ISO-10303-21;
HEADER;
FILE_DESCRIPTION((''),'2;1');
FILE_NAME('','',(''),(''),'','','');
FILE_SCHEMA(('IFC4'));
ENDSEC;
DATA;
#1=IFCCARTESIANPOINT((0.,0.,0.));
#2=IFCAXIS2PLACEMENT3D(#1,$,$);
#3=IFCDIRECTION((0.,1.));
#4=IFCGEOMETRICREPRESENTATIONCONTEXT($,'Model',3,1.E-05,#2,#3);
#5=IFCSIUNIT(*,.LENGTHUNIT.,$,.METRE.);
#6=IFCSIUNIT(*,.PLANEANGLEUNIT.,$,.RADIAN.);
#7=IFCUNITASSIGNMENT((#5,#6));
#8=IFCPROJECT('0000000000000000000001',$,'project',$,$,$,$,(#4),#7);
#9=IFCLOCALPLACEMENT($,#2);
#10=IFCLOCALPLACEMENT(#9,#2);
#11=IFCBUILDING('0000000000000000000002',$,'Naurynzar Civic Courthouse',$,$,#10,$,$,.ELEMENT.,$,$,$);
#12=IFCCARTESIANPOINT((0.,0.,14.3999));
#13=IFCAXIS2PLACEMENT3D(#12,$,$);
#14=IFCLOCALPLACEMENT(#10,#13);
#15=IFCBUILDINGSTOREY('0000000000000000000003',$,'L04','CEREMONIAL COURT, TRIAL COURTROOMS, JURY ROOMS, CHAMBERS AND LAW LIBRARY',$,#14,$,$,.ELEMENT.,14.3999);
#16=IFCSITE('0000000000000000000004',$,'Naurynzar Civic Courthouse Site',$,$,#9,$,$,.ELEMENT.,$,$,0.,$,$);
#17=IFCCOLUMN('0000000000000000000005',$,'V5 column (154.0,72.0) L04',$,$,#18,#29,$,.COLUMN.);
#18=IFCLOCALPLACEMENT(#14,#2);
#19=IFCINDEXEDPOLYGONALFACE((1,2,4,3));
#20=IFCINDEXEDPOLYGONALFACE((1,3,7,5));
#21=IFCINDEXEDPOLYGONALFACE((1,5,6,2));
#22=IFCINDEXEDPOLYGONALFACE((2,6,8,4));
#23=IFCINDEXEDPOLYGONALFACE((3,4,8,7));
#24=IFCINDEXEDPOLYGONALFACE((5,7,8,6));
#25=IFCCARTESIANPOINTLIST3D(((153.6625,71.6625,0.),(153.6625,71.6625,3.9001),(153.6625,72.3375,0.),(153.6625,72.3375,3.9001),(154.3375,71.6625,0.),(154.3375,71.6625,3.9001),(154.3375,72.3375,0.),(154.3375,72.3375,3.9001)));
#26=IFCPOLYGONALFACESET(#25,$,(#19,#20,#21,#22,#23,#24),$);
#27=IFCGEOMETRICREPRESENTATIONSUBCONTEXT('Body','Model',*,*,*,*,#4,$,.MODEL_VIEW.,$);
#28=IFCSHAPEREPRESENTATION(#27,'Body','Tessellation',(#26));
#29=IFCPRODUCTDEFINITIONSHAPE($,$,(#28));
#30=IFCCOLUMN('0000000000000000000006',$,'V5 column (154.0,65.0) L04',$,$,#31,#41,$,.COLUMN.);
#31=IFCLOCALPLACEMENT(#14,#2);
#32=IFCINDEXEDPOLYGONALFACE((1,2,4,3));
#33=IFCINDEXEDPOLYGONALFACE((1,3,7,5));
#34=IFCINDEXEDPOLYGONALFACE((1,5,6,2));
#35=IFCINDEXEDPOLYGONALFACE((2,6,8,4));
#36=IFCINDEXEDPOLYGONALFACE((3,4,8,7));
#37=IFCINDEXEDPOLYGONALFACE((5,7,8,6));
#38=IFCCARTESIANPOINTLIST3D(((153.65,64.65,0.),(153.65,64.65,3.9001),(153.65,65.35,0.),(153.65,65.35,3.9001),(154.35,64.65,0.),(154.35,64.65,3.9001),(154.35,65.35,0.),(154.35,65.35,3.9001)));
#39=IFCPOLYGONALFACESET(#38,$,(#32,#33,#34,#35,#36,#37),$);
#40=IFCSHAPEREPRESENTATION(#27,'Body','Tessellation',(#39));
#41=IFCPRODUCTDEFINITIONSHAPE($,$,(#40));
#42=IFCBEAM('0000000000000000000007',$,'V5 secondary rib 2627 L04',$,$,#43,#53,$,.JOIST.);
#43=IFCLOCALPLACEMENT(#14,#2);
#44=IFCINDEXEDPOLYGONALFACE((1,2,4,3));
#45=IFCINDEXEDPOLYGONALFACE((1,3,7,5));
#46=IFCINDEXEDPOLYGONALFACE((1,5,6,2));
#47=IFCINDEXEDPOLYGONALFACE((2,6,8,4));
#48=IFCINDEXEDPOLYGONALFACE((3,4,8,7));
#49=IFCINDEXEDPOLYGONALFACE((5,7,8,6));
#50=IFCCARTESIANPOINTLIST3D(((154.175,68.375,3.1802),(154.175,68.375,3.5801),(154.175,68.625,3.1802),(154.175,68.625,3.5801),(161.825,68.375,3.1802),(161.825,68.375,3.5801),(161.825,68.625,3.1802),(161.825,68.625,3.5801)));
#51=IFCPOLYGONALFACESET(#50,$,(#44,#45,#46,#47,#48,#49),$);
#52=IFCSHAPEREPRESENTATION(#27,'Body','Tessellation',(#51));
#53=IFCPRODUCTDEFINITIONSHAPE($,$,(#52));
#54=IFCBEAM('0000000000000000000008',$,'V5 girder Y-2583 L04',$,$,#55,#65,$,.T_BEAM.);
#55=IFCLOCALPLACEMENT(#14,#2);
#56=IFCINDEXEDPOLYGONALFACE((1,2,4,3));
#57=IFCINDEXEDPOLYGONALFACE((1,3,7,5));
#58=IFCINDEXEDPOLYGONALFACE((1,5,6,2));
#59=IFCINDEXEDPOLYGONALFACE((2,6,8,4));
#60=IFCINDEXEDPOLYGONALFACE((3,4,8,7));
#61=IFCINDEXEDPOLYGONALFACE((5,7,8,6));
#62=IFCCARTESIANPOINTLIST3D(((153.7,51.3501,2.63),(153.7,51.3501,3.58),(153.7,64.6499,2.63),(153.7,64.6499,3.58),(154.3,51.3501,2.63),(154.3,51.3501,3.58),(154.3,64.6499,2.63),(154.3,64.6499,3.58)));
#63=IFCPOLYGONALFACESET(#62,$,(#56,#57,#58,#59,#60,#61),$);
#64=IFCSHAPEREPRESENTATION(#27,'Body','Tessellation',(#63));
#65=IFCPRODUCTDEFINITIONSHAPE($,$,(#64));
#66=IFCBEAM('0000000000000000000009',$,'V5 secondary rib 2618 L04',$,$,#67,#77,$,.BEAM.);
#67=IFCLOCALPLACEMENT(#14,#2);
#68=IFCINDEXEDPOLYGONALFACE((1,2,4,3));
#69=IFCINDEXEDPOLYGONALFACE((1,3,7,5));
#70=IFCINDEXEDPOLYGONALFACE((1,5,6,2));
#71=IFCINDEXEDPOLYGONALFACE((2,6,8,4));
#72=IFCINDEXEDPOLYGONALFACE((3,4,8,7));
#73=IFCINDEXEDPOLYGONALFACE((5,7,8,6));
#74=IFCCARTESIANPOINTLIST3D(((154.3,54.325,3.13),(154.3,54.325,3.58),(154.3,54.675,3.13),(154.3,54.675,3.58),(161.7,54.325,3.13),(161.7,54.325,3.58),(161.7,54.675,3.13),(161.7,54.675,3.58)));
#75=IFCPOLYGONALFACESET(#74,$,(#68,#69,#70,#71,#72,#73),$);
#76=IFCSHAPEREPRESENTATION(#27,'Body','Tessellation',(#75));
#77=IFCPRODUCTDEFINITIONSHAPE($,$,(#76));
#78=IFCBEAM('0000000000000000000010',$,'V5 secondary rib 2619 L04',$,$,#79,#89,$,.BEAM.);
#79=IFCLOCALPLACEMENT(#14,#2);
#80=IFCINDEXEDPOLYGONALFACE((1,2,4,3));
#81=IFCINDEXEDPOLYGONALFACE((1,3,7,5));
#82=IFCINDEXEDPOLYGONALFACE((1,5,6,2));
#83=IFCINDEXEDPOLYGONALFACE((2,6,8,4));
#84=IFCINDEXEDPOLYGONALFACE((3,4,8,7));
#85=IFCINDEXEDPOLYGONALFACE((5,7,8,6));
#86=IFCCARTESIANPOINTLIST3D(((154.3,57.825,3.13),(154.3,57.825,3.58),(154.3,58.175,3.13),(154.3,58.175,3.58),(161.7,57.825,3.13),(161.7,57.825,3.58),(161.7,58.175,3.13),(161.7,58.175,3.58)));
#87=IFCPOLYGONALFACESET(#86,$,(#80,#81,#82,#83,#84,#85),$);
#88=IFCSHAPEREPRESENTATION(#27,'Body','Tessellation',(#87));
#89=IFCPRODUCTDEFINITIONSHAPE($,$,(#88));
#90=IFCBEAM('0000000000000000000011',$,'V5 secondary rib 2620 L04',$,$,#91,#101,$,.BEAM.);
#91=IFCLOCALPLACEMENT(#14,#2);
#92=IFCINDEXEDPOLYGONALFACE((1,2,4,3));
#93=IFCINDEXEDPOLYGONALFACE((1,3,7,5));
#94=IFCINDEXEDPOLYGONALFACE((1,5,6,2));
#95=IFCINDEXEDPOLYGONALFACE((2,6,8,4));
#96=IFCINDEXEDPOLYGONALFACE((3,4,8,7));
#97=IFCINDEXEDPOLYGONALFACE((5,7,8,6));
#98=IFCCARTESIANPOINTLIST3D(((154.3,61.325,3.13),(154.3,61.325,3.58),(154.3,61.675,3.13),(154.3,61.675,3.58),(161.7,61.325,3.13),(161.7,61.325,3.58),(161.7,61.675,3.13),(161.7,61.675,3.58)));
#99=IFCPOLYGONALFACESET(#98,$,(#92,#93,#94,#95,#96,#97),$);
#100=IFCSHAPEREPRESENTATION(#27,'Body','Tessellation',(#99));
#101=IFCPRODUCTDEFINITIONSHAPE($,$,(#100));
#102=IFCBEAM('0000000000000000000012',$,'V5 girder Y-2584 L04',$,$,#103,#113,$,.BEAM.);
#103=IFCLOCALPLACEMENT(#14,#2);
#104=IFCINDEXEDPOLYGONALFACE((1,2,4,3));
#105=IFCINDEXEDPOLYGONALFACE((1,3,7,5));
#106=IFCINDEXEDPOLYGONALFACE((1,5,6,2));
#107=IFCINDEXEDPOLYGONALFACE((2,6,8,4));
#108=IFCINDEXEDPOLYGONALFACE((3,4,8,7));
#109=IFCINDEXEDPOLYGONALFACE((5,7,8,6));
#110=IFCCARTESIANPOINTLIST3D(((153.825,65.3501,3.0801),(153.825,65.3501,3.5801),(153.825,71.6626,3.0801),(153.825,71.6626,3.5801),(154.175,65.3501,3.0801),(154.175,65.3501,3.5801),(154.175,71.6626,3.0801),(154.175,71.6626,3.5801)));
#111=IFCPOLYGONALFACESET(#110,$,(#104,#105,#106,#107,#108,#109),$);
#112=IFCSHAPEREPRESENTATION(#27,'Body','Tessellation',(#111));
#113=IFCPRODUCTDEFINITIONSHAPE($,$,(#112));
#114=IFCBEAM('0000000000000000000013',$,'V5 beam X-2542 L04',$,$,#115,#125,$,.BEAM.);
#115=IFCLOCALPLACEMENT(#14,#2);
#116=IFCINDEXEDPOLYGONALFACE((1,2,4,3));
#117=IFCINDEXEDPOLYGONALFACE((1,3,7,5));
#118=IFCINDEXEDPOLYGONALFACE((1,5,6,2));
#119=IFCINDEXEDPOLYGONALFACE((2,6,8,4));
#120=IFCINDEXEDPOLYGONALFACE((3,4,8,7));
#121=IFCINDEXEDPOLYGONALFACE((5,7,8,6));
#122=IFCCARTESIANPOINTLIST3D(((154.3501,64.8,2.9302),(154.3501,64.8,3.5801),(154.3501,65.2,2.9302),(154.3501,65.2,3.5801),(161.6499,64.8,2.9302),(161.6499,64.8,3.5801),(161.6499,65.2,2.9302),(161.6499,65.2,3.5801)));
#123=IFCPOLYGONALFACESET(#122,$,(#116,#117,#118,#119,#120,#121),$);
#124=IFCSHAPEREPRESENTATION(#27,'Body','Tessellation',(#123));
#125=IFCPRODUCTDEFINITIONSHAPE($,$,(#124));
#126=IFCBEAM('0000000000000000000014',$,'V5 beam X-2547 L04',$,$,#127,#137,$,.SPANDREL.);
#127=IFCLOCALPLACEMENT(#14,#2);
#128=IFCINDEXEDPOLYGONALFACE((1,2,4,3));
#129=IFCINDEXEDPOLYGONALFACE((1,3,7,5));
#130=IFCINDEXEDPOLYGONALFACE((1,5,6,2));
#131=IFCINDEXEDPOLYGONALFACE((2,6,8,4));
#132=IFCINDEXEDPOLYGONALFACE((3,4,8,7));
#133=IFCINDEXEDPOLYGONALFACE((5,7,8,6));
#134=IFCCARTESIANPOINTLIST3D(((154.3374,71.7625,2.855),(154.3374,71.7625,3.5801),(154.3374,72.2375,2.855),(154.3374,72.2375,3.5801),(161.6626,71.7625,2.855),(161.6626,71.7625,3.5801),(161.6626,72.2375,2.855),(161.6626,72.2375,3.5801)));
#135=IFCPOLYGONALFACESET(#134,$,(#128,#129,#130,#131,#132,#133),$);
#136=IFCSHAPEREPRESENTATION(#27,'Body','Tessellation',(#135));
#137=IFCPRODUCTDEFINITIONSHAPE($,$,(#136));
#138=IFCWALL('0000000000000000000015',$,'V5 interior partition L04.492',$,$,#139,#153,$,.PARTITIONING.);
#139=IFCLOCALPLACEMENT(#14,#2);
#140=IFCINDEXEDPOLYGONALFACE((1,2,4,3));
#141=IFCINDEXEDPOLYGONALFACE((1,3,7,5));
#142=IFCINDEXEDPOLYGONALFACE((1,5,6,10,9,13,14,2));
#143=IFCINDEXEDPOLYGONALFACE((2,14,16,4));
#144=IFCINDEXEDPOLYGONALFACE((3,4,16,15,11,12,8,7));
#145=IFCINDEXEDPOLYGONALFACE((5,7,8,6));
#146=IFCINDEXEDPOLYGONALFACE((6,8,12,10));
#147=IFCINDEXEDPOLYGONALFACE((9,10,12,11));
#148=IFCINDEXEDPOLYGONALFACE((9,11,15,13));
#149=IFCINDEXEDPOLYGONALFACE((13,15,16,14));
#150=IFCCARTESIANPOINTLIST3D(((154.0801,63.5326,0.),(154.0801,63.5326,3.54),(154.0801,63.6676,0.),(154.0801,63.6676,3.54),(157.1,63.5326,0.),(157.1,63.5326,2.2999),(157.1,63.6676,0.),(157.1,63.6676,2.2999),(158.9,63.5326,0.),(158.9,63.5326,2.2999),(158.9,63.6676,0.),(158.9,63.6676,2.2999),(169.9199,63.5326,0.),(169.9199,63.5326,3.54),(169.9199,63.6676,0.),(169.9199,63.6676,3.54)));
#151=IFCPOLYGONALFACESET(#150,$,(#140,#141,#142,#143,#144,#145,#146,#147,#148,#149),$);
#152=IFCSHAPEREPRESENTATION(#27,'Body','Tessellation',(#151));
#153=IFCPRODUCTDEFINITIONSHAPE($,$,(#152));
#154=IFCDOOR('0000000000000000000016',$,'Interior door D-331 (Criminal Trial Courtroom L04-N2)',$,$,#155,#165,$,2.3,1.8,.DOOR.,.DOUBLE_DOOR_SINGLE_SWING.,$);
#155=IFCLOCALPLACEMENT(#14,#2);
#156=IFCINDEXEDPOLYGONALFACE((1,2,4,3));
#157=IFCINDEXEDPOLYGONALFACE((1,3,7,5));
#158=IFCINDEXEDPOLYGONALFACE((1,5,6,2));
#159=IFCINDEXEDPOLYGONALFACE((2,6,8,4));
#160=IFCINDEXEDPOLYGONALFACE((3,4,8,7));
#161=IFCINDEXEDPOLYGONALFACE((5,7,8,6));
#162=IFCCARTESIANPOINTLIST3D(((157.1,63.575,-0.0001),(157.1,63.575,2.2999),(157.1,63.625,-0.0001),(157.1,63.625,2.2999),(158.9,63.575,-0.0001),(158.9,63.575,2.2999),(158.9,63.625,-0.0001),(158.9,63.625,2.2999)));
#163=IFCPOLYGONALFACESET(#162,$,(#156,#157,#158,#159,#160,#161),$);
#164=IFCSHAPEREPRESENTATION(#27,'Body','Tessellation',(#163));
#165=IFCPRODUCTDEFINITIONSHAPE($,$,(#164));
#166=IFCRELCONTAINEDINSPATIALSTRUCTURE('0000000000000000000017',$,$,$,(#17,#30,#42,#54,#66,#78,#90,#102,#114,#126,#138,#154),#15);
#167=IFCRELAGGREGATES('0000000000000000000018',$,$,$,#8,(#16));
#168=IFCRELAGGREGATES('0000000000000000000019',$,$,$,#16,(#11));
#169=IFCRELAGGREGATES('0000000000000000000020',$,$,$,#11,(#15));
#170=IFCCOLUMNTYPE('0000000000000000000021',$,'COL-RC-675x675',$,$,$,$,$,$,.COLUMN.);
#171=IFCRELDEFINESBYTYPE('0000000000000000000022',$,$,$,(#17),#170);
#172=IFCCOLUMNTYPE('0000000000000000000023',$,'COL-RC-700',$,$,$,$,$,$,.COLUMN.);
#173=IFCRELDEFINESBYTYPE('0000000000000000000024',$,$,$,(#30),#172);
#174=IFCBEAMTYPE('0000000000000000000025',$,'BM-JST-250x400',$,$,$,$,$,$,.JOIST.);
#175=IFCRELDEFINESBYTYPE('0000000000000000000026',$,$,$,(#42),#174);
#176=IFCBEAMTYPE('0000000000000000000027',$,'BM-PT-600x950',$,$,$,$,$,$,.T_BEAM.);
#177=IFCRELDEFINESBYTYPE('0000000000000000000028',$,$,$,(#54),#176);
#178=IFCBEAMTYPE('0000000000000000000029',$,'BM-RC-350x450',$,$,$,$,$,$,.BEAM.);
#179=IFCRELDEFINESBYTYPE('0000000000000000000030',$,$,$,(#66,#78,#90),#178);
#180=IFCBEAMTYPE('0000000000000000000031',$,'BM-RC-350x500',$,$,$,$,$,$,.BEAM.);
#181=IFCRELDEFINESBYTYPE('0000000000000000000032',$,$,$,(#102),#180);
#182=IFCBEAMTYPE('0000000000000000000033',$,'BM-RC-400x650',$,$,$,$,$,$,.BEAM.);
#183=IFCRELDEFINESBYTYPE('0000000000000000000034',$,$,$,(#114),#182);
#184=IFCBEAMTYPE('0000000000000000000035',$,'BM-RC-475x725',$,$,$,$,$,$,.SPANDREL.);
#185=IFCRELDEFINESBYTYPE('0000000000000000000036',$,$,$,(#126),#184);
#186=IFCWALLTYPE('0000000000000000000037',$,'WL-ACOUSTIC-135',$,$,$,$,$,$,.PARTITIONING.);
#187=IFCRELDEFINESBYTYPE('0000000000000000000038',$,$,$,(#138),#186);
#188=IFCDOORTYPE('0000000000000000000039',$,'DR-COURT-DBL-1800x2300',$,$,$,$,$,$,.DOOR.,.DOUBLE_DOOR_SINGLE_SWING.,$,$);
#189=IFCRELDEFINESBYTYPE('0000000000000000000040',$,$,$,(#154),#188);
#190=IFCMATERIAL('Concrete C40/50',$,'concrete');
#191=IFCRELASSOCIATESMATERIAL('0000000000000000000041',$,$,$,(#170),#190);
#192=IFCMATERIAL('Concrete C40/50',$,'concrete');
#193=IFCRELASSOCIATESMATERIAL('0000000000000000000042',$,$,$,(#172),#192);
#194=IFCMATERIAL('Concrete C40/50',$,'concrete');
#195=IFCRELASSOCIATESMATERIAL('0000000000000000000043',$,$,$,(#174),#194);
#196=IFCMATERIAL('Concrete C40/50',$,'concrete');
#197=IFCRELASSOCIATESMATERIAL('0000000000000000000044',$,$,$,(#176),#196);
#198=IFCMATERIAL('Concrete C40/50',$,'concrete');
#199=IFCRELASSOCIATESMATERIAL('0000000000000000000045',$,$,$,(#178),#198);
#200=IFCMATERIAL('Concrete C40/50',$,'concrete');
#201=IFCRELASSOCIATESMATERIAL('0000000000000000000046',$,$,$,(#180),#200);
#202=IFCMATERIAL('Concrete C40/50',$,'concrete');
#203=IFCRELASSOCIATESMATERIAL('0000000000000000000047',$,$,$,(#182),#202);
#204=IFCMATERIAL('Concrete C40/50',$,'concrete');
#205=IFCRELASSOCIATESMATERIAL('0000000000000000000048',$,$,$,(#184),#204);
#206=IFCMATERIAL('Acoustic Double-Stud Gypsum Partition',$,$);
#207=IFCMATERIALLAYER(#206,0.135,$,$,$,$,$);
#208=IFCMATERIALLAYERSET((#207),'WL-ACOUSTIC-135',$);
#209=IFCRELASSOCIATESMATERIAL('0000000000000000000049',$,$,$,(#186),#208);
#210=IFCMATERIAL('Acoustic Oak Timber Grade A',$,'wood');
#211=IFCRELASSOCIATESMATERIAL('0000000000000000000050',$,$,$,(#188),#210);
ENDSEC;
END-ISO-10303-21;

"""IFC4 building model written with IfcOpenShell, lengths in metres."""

from ifc_helpers import new_model, si_unit, direction, frame, frame_2d, origin, origin_2d, place, context, subcontext, project, spatial, rectangle, extrude, material, layer, layer_set, material_profile, profile_set, type_object, element, fill, save


model = new_model("IFC4")

# Units and contexts
model_context = context("Model", 3, precision=1e-05, world=origin(), true_north=direction((0.0, 1.0)))
body_context = subcontext(model_context, "Body", "Model", "MODEL_VIEW")
ifc_project = project(units=[si_unit("LENGTHUNIT", "METRE"), si_unit("PLANEANGLEUNIT", "RADIAN")], contexts=[model_context])

# Site, building, storey
site_placement = place(None, origin())
site = spatial("IfcSite", under=ifc_project, at=site_placement, Name="Naurynzar Civic Courthouse Site", CompositionType="ELEMENT", RefElevation=0.0)
building_placement = place(site_placement, origin())
building = spatial("IfcBuilding", under=site, at=building_placement, Name="Naurynzar Civic Courthouse", CompositionType="ELEMENT")
storey_placement = place(building_placement, frame((0.0, 0.0, 14.3999)))
storey = spatial("IfcBuildingStorey", under=building, at=storey_placement, Name="L04", Description="CEREMONIAL COURT, TRIAL COURTROOMS, JURY ROOMS, CHAMBERS AND LAW LIBRARY", CompositionType="ELEMENT", Elevation=14.3999)

# Columns
ifc_material_1 = material(Name="Concrete C40/50", Category="concrete")
ifc_material_profile_1 = material_profile(ifc_material_1, rectangle(XDim=0.675, YDim=0.675, at=origin_2d()), Name="RC 675x675")
ifc_profile_set_1 = profile_set([ifc_material_profile_1], Name="Concrete C40/50")
column_type_1 = type_object("IfcColumnType", Name="COL-RC-675x675", PredefinedType="COLUMN", material=ifc_profile_set_1)
column_1_placement = place(storey_placement, frame((154.0, 72.0, 0.0), z_axis=(0.0, 0.0, 1.0), x_axis=(1.0, 0.0, 0.0)))
element("IfcColumn", 1, at=column_1_placement, inside=storey, type_object=column_type_1, Name="V5 column (154.0,72.0) L04", PredefinedType="COLUMN", context=body_context, shape_type="SweptSolid", body=[
    extrude(rectangle(XDim=0.675, YDim=0.675, at=origin_2d()), origin(), (0.0, 0.0, 1.0), 3.9001),
])
ifc_material_2 = material(Name="Concrete C40/50", Category="concrete")
ifc_material_profile_2 = material_profile(ifc_material_2, rectangle(XDim=0.7, YDim=0.7, at=origin_2d()), Name="RC 700x700")
ifc_profile_set_2 = profile_set([ifc_material_profile_2], Name="Concrete C40/50")
column_type_2 = type_object("IfcColumnType", Name="COL-RC-700", PredefinedType="COLUMN", material=ifc_profile_set_2)
column_2_placement = place(storey_placement, frame((154.0, 65.0, 0.0), z_axis=(0.0, 0.0, 1.0), x_axis=(1.0, 0.0, 0.0)))
element("IfcColumn", 2, at=column_2_placement, inside=storey, type_object=column_type_2, Name="V5 column (154.0,65.0) L04", PredefinedType="COLUMN", context=body_context, shape_type="SweptSolid", body=[
    extrude(rectangle(XDim=0.7, YDim=0.7, at=origin_2d()), origin(), (0.0, 0.0, 1.0), 3.9001),
])

# Beams
ifc_material_3 = material(Name="Concrete C40/50", Category="concrete")
ifc_material_profile_3 = material_profile(ifc_material_3, rectangle(XDim=0.25, YDim=0.3999, at=origin_2d()), Name="RCB 250x400")
ifc_profile_set_3 = profile_set([ifc_material_profile_3], Name="Concrete C40/50")
beam_type_1 = type_object("IfcBeamType", Name="BM-JST-250x400", PredefinedType="JOIST", material=ifc_profile_set_3)
beam_1_placement = place(storey_placement, frame((154.175, 68.5, 3.3801), z_axis=(1.0, 0.0, 0.0), x_axis=(0.0, 1.0, 0.0)))
element("IfcBeam", 3, at=beam_1_placement, inside=storey, type_object=beam_type_1, Name="V5 secondary rib 2627 L04", PredefinedType="JOIST", context=body_context, shape_type="SweptSolid", body=[
    extrude(rectangle(XDim=0.25, YDim=0.3999, at=origin_2d()), origin(), (0.0, 0.0, 1.0), 7.6499),
])
ifc_material_4 = material(Name="Concrete C40/50", Category="concrete")
ifc_material_profile_4 = material_profile(ifc_material_4, rectangle(XDim=0.6001, YDim=0.95, at=origin_2d()), Name="PTB 600x950")
ifc_profile_set_4 = profile_set([ifc_material_profile_4], Name="Concrete C40/50")
beam_type_2 = type_object("IfcBeamType", Name="BM-PT-600x950", PredefinedType="T_BEAM", material=ifc_profile_set_4)
beam_2_placement = place(storey_placement, frame((154.0, 51.3501, 3.105), z_axis=(0.0, 1.0, 0.0), x_axis=(-1.0, 0.0, 0.0)))
element("IfcBeam", 4, at=beam_2_placement, inside=storey, type_object=beam_type_2, Name="V5 girder Y-2583 L04", PredefinedType="T_BEAM", context=body_context, shape_type="SweptSolid", body=[
    extrude(rectangle(XDim=0.6001, YDim=0.95, at=origin_2d()), origin(), (0.0, 0.0, 1.0), 13.2998),
])
ifc_material_5 = material(Name="Concrete C40/50", Category="concrete")
ifc_material_profile_5 = material_profile(ifc_material_5, rectangle(XDim=0.3501, YDim=0.45, at=origin_2d()), Name="RCB 350x450")
ifc_profile_set_5 = profile_set([ifc_material_profile_5], Name="Concrete C40/50")
beam_type_3 = type_object("IfcBeamType", Name="BM-RC-350x450", PredefinedType="BEAM", material=ifc_profile_set_5)
for number, where, z_axis, x_axis, name in (
    (5, (154.3, 54.5, 3.355), (1.0, 0.0, 0.0), (0.0, 1.0, 0.0), "V5 secondary rib 2618 L04"),
    (6, (154.3, 58.0, 3.355), (1.0, 0.0, 0.0), (0.0, 1.0, 0.0), "V5 secondary rib 2619 L04"),
    (7, (154.3, 61.5, 3.355), (1.0, 0.0, 0.0), (0.0, 1.0, 0.0), "V5 secondary rib 2620 L04"),
):
    element("IfcBeam", number, at=place(storey_placement, frame(where, z_axis=z_axis, x_axis=x_axis)), inside=storey, type_object=beam_type_3, Name=name, PredefinedType="BEAM", context=body_context, shape_type="SweptSolid", body=[
        extrude(rectangle(XDim=0.3501, YDim=0.45, at=origin_2d()), origin(), (0.0, 0.0, 1.0), 7.3999),
    ])
ifc_material_6 = material(Name="Concrete C40/50", Category="concrete")
ifc_material_profile_6 = material_profile(ifc_material_6, rectangle(XDim=0.3501, YDim=0.5, at=origin_2d()), Name="RCB 350x500")
ifc_profile_set_6 = profile_set([ifc_material_profile_6], Name="Concrete C40/50")
beam_type_4 = type_object("IfcBeamType", Name="BM-RC-350x500", PredefinedType="BEAM", material=ifc_profile_set_6)
beam_3_placement = place(storey_placement, frame((154.0, 65.3501, 3.3301), z_axis=(0.0, 1.0, 0.0), x_axis=(-1.0, 0.0, 0.0)))
element("IfcBeam", 8, at=beam_3_placement, inside=storey, type_object=beam_type_4, Name="V5 girder Y-2584 L04", PredefinedType="BEAM", context=body_context, shape_type="SweptSolid", body=[
    extrude(rectangle(XDim=0.3501, YDim=0.5, at=origin_2d()), origin(), (0.0, 0.0, 1.0), 6.3125),
])
ifc_material_7 = material(Name="Concrete C40/50", Category="concrete")
ifc_material_profile_7 = material_profile(ifc_material_7, rectangle(XDim=0.3999, YDim=0.6499, at=origin_2d()), Name="RCB 400x650")
ifc_profile_set_7 = profile_set([ifc_material_profile_7], Name="Concrete C40/50")
beam_type_5 = type_object("IfcBeamType", Name="BM-RC-400x650", PredefinedType="BEAM", material=ifc_profile_set_7)
beam_4_placement = place(storey_placement, frame((154.3501, 65.0, 3.2551), z_axis=(1.0, 0.0, 0.0), x_axis=(0.0, 1.0, 0.0)))
element("IfcBeam", 9, at=beam_4_placement, inside=storey, type_object=beam_type_5, Name="V5 beam X-2542 L04", PredefinedType="BEAM", context=body_context, shape_type="SweptSolid", body=[
    extrude(rectangle(XDim=0.3999, YDim=0.6499, at=origin_2d()), origin(), (0.0, 0.0, 1.0), 7.2998),
])
ifc_material_8 = material(Name="Concrete C40/50", Category="concrete")
ifc_material_profile_8 = material_profile(ifc_material_8, rectangle(XDim=0.4751, YDim=0.7251, at=origin_2d()), Name="RCB 475x725")
ifc_profile_set_8 = profile_set([ifc_material_profile_8], Name="Concrete C40/50")
beam_type_6 = type_object("IfcBeamType", Name="BM-RC-475x725", PredefinedType="SPANDREL", material=ifc_profile_set_8)
beam_5_placement = place(storey_placement, frame((154.3374, 72.0, 3.2175), z_axis=(1.0, 0.0, 0.0), x_axis=(0.0, 1.0, 0.0)))
element("IfcBeam", 10, at=beam_5_placement, inside=storey, type_object=beam_type_6, Name="V5 beam X-2547 L04", PredefinedType="SPANDREL", context=body_context, shape_type="SweptSolid", body=[
    extrude(rectangle(XDim=0.4751, YDim=0.7251, at=origin_2d()), origin(), (0.0, 0.0, 1.0), 7.3252),
])

# Wall, opening, door
ifc_material_9 = material(Name="Acoustic Double-Stud Gypsum Partition")
ifc_layer_1 = layer(ifc_material_9, 0.135)
ifc_layer_set_1 = layer_set([ifc_layer_1], Name="WL-ACOUSTIC-135")
wall_type_1 = type_object("IfcWallType", Name="WL-ACOUSTIC-135", PredefinedType="PARTITIONING", material=ifc_layer_set_1)
wall_1_placement = place(storey_placement, frame((154.0801, 63.6001, 0.0), z_axis=(0.0, 0.0, 1.0), x_axis=(1.0, 0.0, 0.0)))
wall_1 = element("IfcWall", 11, at=wall_1_placement, inside=storey, type_object=wall_type_1, Name="V5 interior partition L04.492", PredefinedType="PARTITIONING", context=body_context, shape_type="SweptSolid", body=[
    extrude(rectangle(XDim=15.8398, YDim=0.135, at=frame_2d((7.9199, 0.0))), origin(), (0.0, 0.0, 1.0), 3.54),
])
opening_1_placement = place(wall_1_placement, frame((3.02, 0.0, 0.0)))
opening_1 = element("IfcOpeningElement", 12, at=opening_1_placement, cuts=wall_1, PredefinedType="OPENING", context=body_context, shape_type="SweptSolid", body=[
    extrude(rectangle(XDim=1.8, YDim=2.3, at=frame_2d((0.8999, 1.1499))), frame((0.0, 0.0774, 0.0), z_axis=(0.0, -1.0, 0.0), x_axis=(1.0, 0.0, 0.0)), (0.0, 0.0, 1.0), 0.155),
])
ifc_material_10 = material(Name="Acoustic Oak Timber Grade A", Category="wood")
door_type_1 = type_object("IfcDoorType", Name="DR-COURT-DBL-1800x2300", OperationType="DOUBLE_DOOR_SINGLE_SWING", PredefinedType="DOOR", material=ifc_material_10)
door_1_placement = place(opening_1_placement, origin())
door_1 = element("IfcDoor", 13, at=door_1_placement, inside=storey, type_object=door_type_1, Name="Interior door D-331 (Criminal Trial Courtroom L04-N2)", OperationType="DOUBLE_DOOR_SINGLE_SWING", OverallHeight=2.3, OverallWidth=1.8, PredefinedType="DOOR", context=body_context, shape_type="SweptSolid", body=[
    extrude(rectangle(XDim=1.8, YDim=2.3, at=frame_2d((0.8999, 1.1499))), frame((0.0, 0.0249, 0.0), z_axis=(0.0, -1.0, 0.0), x_axis=(1.0, 0.0, 0.0)), (0.0, 0.0, 1.0), 0.05),
])
fill(opening_1, door_1)

save(model, "model.ifc")
